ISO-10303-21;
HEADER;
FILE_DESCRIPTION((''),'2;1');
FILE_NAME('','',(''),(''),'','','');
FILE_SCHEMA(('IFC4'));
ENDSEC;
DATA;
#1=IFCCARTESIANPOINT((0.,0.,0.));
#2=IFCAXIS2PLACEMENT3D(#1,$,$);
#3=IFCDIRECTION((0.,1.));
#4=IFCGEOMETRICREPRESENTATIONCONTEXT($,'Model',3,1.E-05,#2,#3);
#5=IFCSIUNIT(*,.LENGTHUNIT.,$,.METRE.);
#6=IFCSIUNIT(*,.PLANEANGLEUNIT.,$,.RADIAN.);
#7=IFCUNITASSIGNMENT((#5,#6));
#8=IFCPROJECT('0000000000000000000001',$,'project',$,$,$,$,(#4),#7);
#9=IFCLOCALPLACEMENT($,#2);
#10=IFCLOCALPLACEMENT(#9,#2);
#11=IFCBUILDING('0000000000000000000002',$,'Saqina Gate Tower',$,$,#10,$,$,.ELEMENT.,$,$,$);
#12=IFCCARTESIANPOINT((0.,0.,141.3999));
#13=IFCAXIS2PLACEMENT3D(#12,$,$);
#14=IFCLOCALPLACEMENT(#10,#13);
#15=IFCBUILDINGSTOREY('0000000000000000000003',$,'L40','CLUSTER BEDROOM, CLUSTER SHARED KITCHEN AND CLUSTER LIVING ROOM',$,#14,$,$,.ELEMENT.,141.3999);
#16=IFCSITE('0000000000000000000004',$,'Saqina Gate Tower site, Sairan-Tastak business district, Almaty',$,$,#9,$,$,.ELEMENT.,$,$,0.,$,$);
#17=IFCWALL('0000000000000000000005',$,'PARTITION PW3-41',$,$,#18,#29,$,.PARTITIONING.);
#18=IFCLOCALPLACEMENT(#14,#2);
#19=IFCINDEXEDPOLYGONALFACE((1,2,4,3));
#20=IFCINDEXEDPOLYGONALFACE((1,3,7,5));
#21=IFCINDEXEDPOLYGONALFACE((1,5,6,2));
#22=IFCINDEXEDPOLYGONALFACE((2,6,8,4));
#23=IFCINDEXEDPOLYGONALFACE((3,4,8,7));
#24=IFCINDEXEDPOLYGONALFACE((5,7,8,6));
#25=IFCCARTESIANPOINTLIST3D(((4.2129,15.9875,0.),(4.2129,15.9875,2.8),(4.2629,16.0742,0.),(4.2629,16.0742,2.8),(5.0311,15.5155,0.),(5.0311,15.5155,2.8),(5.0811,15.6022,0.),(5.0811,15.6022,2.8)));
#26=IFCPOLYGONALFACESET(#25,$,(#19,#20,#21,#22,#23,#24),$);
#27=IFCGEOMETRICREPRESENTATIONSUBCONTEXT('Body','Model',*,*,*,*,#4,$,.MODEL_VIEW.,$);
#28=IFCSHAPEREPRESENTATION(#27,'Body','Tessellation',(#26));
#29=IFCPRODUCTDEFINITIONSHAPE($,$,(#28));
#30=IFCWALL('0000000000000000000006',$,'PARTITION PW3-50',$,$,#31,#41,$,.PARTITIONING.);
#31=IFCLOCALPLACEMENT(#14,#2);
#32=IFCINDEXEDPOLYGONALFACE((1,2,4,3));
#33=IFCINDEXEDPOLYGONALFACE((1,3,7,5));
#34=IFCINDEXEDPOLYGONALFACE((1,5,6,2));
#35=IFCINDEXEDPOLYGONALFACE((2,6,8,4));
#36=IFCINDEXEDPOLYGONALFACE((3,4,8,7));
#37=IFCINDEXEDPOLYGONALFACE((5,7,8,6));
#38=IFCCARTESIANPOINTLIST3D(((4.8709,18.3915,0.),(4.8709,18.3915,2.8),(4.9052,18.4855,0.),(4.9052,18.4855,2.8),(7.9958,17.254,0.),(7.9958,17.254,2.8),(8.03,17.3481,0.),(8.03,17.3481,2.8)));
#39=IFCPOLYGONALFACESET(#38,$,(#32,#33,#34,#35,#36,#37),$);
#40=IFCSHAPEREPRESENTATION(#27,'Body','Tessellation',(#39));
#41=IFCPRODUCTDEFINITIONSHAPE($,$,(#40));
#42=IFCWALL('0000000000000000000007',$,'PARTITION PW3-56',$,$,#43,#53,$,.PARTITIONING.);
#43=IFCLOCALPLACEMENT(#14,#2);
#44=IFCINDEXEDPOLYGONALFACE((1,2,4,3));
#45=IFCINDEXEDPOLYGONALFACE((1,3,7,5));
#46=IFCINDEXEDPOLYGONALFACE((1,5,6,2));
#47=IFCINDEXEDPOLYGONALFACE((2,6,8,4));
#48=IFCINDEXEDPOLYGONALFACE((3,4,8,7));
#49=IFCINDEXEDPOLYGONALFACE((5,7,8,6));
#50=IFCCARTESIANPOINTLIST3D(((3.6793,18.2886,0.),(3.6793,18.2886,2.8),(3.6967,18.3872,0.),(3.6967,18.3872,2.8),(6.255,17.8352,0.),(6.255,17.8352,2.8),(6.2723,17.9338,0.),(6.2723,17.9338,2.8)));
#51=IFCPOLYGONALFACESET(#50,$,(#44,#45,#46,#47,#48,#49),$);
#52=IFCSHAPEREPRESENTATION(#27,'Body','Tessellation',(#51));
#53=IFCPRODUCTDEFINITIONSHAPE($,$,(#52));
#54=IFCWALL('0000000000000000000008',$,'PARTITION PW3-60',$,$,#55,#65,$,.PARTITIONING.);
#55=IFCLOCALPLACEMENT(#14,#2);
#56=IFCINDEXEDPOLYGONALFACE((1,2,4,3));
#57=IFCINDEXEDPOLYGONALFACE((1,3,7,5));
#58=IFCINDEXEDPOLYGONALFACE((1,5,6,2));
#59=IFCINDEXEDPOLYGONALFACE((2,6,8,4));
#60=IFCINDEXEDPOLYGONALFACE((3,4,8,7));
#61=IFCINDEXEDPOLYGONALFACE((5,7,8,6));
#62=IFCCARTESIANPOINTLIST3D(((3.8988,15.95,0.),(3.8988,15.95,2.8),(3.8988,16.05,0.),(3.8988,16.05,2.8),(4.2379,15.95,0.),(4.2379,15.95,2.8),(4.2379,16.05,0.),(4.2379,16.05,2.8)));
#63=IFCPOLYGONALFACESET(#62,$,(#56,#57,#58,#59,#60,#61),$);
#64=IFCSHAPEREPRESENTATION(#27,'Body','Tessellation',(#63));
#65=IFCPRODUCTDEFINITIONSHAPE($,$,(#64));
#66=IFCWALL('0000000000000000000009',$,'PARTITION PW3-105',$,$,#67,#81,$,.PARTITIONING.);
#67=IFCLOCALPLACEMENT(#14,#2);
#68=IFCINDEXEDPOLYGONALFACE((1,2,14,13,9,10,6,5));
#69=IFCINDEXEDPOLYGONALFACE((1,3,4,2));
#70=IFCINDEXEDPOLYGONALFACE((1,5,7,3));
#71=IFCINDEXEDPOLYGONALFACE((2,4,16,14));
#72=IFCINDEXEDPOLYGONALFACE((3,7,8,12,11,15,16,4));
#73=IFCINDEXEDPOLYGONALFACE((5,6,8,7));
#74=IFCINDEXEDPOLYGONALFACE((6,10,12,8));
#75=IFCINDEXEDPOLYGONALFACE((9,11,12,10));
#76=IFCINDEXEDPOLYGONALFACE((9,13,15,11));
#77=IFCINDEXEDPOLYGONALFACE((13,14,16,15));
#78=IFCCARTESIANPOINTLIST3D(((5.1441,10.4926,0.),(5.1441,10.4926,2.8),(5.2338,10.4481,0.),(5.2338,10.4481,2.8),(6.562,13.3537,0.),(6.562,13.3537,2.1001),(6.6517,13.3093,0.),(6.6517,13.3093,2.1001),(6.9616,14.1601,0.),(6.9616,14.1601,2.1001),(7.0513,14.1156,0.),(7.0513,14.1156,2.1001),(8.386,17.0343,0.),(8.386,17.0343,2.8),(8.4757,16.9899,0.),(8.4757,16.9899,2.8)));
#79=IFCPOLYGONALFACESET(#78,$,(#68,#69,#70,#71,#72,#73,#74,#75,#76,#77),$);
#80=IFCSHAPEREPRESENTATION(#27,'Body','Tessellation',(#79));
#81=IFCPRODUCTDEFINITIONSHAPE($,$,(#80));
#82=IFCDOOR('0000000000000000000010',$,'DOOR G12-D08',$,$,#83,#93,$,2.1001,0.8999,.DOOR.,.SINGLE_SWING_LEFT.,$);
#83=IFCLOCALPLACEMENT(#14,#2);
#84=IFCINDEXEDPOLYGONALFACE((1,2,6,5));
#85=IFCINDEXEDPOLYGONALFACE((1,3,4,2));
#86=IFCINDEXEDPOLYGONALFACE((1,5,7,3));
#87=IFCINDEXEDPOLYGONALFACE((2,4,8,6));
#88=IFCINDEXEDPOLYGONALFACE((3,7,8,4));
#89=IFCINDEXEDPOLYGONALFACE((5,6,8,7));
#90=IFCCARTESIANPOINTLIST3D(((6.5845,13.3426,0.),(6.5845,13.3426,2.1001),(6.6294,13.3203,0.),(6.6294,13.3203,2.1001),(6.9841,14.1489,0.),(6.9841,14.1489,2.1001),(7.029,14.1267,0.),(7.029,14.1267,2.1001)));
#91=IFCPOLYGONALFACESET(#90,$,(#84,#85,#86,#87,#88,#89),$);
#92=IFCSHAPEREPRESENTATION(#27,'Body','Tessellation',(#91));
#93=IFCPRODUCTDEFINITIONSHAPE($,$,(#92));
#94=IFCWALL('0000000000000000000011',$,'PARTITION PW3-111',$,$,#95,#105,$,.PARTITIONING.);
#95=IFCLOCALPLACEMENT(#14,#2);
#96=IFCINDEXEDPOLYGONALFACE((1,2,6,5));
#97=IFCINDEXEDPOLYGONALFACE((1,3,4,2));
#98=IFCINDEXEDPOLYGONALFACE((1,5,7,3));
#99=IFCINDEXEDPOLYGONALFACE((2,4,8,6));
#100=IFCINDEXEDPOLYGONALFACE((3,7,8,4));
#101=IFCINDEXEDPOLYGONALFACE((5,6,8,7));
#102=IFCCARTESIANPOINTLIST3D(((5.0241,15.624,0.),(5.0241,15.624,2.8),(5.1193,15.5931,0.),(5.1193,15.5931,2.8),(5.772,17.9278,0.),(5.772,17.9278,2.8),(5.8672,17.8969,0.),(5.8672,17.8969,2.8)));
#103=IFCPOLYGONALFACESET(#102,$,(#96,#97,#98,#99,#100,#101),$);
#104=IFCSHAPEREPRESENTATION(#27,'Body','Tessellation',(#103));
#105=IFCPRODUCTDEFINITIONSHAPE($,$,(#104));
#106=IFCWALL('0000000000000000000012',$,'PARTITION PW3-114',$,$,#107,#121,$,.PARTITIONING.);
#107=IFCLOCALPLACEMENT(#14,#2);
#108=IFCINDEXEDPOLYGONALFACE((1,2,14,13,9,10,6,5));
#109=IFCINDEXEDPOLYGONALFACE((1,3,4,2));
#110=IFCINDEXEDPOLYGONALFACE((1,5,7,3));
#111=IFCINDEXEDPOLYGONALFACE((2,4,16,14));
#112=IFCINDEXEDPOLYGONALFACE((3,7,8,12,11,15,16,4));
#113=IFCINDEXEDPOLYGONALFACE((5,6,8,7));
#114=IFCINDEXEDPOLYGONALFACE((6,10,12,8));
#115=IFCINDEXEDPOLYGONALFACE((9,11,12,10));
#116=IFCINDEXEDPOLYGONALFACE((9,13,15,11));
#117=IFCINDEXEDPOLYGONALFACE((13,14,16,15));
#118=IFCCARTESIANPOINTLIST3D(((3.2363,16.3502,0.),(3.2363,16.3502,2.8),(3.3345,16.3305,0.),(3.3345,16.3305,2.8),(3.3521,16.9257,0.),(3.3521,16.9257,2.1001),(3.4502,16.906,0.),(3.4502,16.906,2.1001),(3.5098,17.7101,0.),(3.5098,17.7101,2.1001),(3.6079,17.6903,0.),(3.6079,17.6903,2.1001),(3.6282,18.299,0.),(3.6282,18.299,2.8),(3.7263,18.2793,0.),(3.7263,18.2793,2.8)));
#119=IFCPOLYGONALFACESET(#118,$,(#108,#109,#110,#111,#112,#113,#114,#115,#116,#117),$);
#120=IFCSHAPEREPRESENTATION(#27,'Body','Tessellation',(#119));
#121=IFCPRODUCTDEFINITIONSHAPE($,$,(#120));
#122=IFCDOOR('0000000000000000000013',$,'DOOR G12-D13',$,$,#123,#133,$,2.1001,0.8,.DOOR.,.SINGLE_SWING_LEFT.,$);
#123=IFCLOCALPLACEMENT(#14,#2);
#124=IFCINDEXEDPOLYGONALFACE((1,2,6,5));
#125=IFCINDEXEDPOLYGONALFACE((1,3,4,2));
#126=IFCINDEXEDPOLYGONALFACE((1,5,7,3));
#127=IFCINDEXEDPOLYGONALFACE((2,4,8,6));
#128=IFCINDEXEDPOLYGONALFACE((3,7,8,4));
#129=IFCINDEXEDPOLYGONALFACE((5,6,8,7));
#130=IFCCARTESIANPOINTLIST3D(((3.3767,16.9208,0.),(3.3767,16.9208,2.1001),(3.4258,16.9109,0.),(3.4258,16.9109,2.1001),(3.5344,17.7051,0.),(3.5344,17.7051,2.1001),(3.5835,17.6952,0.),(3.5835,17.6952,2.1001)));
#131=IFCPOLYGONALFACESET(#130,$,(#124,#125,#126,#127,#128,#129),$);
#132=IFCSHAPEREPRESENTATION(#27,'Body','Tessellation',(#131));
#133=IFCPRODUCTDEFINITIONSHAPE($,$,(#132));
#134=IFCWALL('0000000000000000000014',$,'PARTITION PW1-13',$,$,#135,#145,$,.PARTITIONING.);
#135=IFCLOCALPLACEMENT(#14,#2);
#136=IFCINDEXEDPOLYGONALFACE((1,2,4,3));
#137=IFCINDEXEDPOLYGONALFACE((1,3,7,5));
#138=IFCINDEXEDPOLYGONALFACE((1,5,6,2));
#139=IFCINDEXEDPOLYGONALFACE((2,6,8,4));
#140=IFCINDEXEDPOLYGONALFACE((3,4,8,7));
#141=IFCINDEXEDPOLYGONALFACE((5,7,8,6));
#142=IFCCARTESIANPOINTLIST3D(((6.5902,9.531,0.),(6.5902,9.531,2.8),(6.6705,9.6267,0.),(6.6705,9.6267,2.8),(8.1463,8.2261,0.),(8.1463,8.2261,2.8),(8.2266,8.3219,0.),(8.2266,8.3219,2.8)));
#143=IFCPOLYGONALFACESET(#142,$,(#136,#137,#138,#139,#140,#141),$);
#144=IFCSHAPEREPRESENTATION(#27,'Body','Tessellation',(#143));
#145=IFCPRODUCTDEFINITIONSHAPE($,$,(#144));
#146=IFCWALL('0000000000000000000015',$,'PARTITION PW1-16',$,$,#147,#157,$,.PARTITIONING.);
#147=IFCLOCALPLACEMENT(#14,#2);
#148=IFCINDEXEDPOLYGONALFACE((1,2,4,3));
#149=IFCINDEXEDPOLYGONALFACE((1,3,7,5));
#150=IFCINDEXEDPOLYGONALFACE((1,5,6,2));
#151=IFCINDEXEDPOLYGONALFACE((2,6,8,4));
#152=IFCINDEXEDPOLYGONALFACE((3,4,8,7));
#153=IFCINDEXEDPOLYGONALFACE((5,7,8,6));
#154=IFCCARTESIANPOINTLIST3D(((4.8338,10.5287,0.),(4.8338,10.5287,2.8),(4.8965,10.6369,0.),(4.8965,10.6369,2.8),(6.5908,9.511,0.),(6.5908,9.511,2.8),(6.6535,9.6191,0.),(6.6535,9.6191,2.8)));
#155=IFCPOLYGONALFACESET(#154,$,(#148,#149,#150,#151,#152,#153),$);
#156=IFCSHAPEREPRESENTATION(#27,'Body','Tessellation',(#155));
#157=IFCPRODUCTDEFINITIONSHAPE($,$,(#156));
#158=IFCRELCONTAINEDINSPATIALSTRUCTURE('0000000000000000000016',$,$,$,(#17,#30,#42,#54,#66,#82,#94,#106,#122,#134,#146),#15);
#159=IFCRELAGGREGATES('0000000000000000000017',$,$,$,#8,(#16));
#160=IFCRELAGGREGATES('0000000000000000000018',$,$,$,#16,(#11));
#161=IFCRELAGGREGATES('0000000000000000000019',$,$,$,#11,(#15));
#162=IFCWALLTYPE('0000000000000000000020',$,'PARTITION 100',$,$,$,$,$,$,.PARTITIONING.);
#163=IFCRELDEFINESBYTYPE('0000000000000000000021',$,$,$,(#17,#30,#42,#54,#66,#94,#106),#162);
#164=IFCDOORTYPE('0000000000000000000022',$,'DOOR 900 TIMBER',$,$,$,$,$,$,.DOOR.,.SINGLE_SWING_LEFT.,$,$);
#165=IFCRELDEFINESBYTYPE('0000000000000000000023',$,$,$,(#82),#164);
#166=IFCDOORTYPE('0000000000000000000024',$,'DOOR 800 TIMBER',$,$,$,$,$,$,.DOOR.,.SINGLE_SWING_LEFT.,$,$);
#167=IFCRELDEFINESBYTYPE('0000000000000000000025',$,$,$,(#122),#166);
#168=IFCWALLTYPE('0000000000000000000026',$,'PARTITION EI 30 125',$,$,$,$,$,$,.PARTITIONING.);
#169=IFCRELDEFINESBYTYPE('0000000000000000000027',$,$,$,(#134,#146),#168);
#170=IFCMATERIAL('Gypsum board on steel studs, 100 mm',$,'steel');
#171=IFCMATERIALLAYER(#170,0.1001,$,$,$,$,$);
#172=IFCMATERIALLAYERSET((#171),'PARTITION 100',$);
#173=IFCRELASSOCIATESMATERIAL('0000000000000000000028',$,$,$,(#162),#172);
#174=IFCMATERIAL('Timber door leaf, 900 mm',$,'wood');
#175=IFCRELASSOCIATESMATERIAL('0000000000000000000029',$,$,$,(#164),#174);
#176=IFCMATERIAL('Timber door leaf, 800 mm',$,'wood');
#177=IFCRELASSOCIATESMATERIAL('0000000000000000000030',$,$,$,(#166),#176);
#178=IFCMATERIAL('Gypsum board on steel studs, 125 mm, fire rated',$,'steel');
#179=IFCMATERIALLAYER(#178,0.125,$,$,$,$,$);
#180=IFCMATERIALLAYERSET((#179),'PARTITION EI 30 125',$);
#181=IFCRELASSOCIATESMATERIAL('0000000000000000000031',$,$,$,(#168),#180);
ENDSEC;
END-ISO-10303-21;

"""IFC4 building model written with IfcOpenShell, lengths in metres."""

from ifc_helpers import new_model, si_unit, direction, frame, frame_2d, origin, place, context, subcontext, project, spatial, rectangle, extrude, material, layer, layer_set, type_object, element, fill, save


model = new_model("IFC4")

# Units and contexts
model_context = context("Model", 3, precision=1e-05, world=origin(), true_north=direction((0.0, 1.0)))
body_context = subcontext(model_context, "Body", "Model", "MODEL_VIEW")
ifc_project = project(units=[si_unit("LENGTHUNIT", "METRE"), si_unit("PLANEANGLEUNIT", "RADIAN")], contexts=[model_context])

# Site, building, storey
site_placement = place(None, origin())
site = spatial("IfcSite", under=ifc_project, at=site_placement, Name="Saqina Gate Tower site, Sairan-Tastak business district, Almaty", CompositionType="ELEMENT", RefElevation=0.0)
building_placement = place(site_placement, origin())
building = spatial("IfcBuilding", under=site, at=building_placement, Name="Saqina Gate Tower", CompositionType="ELEMENT")
storey_placement = place(building_placement, frame((0.0, 0.0, 141.3999)))
storey = spatial("IfcBuildingStorey", under=building, at=storey_placement, Name="L40", Description="CLUSTER BEDROOM, CLUSTER SHARED KITCHEN AND CLUSTER LIVING ROOM", CompositionType="ELEMENT", Elevation=141.3999)

# Walls
ifc_material_1 = material(Name="Gypsum board on steel studs, 100 mm", Category="steel")
ifc_layer_1 = layer(ifc_material_1, 0.1001)
ifc_layer_set_1 = layer_set([ifc_layer_1], Name="PARTITION 100")
wall_type_1 = type_object("IfcWallType", Name="PARTITION 100", PredefinedType="PARTITIONING", material=ifc_layer_set_1)
wall_1_placement = place(storey_placement, frame((4.238, 16.0308, 0.0), z_axis=(0.0, 0.0, 1.0), x_axis=(0.866216, -0.49967, 0.0)))
element("IfcWall", 1, at=wall_1_placement, inside=storey, type_object=wall_type_1, Name="PARTITION PW3-41", PredefinedType="PARTITIONING", context=body_context, shape_type="SweptSolid", body=[
    extrude(rectangle(XDim=0.9446, YDim=0.1001, at=frame_2d((0.4722, 0.0))), origin(), (0.0, 0.0, 1.0), 2.8),
])
wall_2_placement = place(storey_placement, frame((4.8882, 18.4385, 0.0), z_axis=(0.0, 0.0, 1.0), x_axis=(0.93968, -0.342055, 0.0)))
element("IfcWall", 2, at=wall_2_placement, inside=storey, type_object=wall_type_1, Name="PARTITION PW3-50", PredefinedType="PARTITIONING", context=body_context, shape_type="SweptSolid", body=[
    extrude(rectangle(XDim=3.3254, YDim=0.1001, at=frame_2d((1.6626, 0.0))), origin(), (0.0, 0.0, 1.0), 2.8),
])
wall_3_placement = place(storey_placement, frame((3.688, 18.3379, 0.0), z_axis=(0.0, 0.0, 1.0), x_axis=(0.98486, -0.173354, 0.0)))
element("IfcWall", 3, at=wall_3_placement, inside=storey, type_object=wall_type_1, Name="PARTITION PW3-56", PredefinedType="PARTITIONING", context=body_context, shape_type="SweptSolid", body=[
    extrude(rectangle(XDim=2.6152, YDim=0.1001, at=frame_2d((1.3076, 0.0))), origin(), (0.0, 0.0, 1.0), 2.8),
])
wall_4_placement = place(storey_placement, frame((3.8989, 16.0, 0.0), z_axis=(0.0, 0.0, 1.0), x_axis=(1.0, 0.0, 0.0)))
element("IfcWall", 4, at=wall_4_placement, inside=storey, type_object=wall_type_1, Name="PARTITION PW3-60", PredefinedType="PARTITIONING", context=body_context, shape_type="SweptSolid", body=[
    extrude(rectangle(XDim=0.3391, YDim=0.1001, at=frame_2d((0.1694, 0.0))), origin(), (0.0, 0.0, 1.0), 2.8),
])

# Wall, opening, door
wall_5_placement = place(storey_placement, frame((5.189, 10.4705, 0.0), z_axis=(0.0, 0.0, 1.0), x_axis=(0.444041, 0.896007, 0.0)))
wall_5 = element("IfcWall", 5, at=wall_5_placement, inside=storey, type_object=wall_type_1, Name="PARTITION PW3-105", PredefinedType="PARTITIONING", context=body_context, shape_type="SweptSolid", body=[
    extrude(rectangle(XDim=7.301, YDim=0.1001, at=frame_2d((3.6504, 0.0))), origin(), (0.0, 0.0, 1.0), 2.8),
])
opening_1_placement = place(wall_5_placement, frame((3.1931, 0.0, 0.0)))
opening_1 = element("IfcOpeningElement", 6, at=opening_1_placement, cuts=wall_5, PredefinedType="OPENING", context=body_context, shape_type="SweptSolid", body=[
    extrude(rectangle(XDim=0.8999, YDim=2.1001, at=frame_2d((0.45, 1.05))), frame((0.0, 0.062, 0.0), z_axis=(0.0, -1.0, 0.0), x_axis=(1.0, 0.0, 0.0)), (0.0, 0.0, 1.0), 0.124),
])
ifc_material_2 = material(Name="Timber door leaf, 900 mm", Category="wood")
door_type_1 = type_object("IfcDoorType", Name="DOOR 900 TIMBER", OperationType="SINGLE_SWING_LEFT", PredefinedType="DOOR", material=ifc_material_2)
door_1_placement = place(opening_1_placement, origin())
door_1 = element("IfcDoor", 7, at=door_1_placement, inside=storey, type_object=door_type_1, Name="DOOR G12-D08", OperationType="SINGLE_SWING_LEFT", OverallHeight=2.1001, OverallWidth=0.8999, PredefinedType="DOOR", context=body_context, shape_type="SweptSolid", body=[
    extrude(rectangle(XDim=0.8999, YDim=2.1001, at=frame_2d((0.45, 1.05))), frame((0.0, 0.0249, 0.0), z_axis=(0.0, -1.0, 0.0), x_axis=(1.0, 0.0, 0.0)), (0.0, 0.0, 1.0), 0.05),
])
fill(opening_1, door_1)

# Wall
wall_6_placement = place(storey_placement, frame((5.0718, 15.6086, 0.0), z_axis=(0.0, 0.0, 1.0), x_axis=(0.308749, 0.951144, 0.0)))
element("IfcWall", 8, at=wall_6_placement, inside=storey, type_object=wall_type_1, Name="PARTITION PW3-111", PredefinedType="PARTITIONING", context=body_context, shape_type="SweptSolid", body=[
    extrude(rectangle(XDim=2.4221, YDim=0.1001, at=frame_2d((1.2109, 0.0))), origin(), (0.0, 0.0, 1.0), 2.8),
])

# Wall, opening, door
wall_7_placement = place(storey_placement, frame((3.2854, 16.3403, 0.0), z_axis=(0.0, 0.0, 1.0), x_axis=(0.197132, 0.980377, 0.0)))
wall_7 = element("IfcWall", 9, at=wall_7_placement, inside=storey, type_object=wall_type_1, Name="PARTITION PW3-114", PredefinedType="PARTITIONING", context=body_context, shape_type="SweptSolid", body=[
    extrude(rectangle(XDim=1.9878, YDim=0.1001, at=frame_2d((0.9939, 0.0))), origin(), (0.0, 0.0, 1.0), 2.8),
])
opening_2_placement = place(wall_7_placement, frame((0.5872, 0.0, 0.0)))
opening_2 = element("IfcOpeningElement", 10, at=opening_2_placement, cuts=wall_7, PredefinedType="OPENING", context=body_context, shape_type="SweptSolid", body=[
    extrude(rectangle(XDim=0.8, YDim=2.1001, at=frame_2d((0.3999, 1.05))), frame((0.0, 0.062, 0.0), z_axis=(0.0, -1.0, 0.0), x_axis=(1.0, 0.0, 0.0)), (0.0, 0.0, 1.0), 0.124),
])
ifc_material_3 = material(Name="Timber door leaf, 800 mm", Category="wood")
door_type_2 = type_object("IfcDoorType", Name="DOOR 800 TIMBER", OperationType="SINGLE_SWING_LEFT", PredefinedType="DOOR", material=ifc_material_3)
door_2_placement = place(opening_2_placement, origin())
door_2 = element("IfcDoor", 11, at=door_2_placement, inside=storey, type_object=door_type_2, Name="DOOR G12-D13", OperationType="SINGLE_SWING_LEFT", OverallHeight=2.1001, OverallWidth=0.8, PredefinedType="DOOR", context=body_context, shape_type="SweptSolid", body=[
    extrude(rectangle(XDim=0.8, YDim=2.1001, at=frame_2d((0.3999, 1.05))), frame((0.0, 0.0249, 0.0), z_axis=(0.0, -1.0, 0.0), x_axis=(1.0, 0.0, 0.0)), (0.0, 0.0, 1.0), 0.05),
])
fill(opening_2, door_2)

# Walls
ifc_material_4 = material(Name="Gypsum board on steel studs, 125 mm, fire rated", Category="steel")
ifc_layer_2 = layer(ifc_material_4, 0.125)
ifc_layer_set_2 = layer_set([ifc_layer_2], Name="PARTITION EI 30 125")
wall_type_2 = type_object("IfcWallType", Name="PARTITION EI 30 125", PredefinedType="PARTITIONING", material=ifc_layer_set_2)
wall_8_placement = place(storey_placement, frame((6.6304, 9.5789, 0.0), z_axis=(0.0, 0.0, 1.0), x_axis=(0.766247, -0.642546, 0.0)))
element("IfcWall", 12, at=wall_8_placement, inside=storey, type_object=wall_type_2, Name="PARTITION PW1-13", PredefinedType="PARTITIONING", context=body_context, shape_type="SweptSolid", body=[
    extrude(rectangle(XDim=2.0308, YDim=0.125, at=frame_2d((1.0154, 0.0))), origin(), (0.0, 0.0, 1.0), 2.8),
])
wall_9_placement = place(storey_placement, frame((4.8652, 10.5828, 0.0), z_axis=(0.0, 0.0, 1.0), x_axis=(0.865306, -0.501245, 0.0)))
element("IfcWall", 13, at=wall_9_placement, inside=storey, type_object=wall_type_2, Name="PARTITION PW1-16", PredefinedType="PARTITIONING", context=body_context, shape_type="SweptSolid", body=[
    extrude(rectangle(XDim=2.0305, YDim=0.125, at=frame_2d((1.0151, 0.0))), origin(), (0.0, 0.0, 1.0), 2.8),
])

save(model, "model.ifc")
